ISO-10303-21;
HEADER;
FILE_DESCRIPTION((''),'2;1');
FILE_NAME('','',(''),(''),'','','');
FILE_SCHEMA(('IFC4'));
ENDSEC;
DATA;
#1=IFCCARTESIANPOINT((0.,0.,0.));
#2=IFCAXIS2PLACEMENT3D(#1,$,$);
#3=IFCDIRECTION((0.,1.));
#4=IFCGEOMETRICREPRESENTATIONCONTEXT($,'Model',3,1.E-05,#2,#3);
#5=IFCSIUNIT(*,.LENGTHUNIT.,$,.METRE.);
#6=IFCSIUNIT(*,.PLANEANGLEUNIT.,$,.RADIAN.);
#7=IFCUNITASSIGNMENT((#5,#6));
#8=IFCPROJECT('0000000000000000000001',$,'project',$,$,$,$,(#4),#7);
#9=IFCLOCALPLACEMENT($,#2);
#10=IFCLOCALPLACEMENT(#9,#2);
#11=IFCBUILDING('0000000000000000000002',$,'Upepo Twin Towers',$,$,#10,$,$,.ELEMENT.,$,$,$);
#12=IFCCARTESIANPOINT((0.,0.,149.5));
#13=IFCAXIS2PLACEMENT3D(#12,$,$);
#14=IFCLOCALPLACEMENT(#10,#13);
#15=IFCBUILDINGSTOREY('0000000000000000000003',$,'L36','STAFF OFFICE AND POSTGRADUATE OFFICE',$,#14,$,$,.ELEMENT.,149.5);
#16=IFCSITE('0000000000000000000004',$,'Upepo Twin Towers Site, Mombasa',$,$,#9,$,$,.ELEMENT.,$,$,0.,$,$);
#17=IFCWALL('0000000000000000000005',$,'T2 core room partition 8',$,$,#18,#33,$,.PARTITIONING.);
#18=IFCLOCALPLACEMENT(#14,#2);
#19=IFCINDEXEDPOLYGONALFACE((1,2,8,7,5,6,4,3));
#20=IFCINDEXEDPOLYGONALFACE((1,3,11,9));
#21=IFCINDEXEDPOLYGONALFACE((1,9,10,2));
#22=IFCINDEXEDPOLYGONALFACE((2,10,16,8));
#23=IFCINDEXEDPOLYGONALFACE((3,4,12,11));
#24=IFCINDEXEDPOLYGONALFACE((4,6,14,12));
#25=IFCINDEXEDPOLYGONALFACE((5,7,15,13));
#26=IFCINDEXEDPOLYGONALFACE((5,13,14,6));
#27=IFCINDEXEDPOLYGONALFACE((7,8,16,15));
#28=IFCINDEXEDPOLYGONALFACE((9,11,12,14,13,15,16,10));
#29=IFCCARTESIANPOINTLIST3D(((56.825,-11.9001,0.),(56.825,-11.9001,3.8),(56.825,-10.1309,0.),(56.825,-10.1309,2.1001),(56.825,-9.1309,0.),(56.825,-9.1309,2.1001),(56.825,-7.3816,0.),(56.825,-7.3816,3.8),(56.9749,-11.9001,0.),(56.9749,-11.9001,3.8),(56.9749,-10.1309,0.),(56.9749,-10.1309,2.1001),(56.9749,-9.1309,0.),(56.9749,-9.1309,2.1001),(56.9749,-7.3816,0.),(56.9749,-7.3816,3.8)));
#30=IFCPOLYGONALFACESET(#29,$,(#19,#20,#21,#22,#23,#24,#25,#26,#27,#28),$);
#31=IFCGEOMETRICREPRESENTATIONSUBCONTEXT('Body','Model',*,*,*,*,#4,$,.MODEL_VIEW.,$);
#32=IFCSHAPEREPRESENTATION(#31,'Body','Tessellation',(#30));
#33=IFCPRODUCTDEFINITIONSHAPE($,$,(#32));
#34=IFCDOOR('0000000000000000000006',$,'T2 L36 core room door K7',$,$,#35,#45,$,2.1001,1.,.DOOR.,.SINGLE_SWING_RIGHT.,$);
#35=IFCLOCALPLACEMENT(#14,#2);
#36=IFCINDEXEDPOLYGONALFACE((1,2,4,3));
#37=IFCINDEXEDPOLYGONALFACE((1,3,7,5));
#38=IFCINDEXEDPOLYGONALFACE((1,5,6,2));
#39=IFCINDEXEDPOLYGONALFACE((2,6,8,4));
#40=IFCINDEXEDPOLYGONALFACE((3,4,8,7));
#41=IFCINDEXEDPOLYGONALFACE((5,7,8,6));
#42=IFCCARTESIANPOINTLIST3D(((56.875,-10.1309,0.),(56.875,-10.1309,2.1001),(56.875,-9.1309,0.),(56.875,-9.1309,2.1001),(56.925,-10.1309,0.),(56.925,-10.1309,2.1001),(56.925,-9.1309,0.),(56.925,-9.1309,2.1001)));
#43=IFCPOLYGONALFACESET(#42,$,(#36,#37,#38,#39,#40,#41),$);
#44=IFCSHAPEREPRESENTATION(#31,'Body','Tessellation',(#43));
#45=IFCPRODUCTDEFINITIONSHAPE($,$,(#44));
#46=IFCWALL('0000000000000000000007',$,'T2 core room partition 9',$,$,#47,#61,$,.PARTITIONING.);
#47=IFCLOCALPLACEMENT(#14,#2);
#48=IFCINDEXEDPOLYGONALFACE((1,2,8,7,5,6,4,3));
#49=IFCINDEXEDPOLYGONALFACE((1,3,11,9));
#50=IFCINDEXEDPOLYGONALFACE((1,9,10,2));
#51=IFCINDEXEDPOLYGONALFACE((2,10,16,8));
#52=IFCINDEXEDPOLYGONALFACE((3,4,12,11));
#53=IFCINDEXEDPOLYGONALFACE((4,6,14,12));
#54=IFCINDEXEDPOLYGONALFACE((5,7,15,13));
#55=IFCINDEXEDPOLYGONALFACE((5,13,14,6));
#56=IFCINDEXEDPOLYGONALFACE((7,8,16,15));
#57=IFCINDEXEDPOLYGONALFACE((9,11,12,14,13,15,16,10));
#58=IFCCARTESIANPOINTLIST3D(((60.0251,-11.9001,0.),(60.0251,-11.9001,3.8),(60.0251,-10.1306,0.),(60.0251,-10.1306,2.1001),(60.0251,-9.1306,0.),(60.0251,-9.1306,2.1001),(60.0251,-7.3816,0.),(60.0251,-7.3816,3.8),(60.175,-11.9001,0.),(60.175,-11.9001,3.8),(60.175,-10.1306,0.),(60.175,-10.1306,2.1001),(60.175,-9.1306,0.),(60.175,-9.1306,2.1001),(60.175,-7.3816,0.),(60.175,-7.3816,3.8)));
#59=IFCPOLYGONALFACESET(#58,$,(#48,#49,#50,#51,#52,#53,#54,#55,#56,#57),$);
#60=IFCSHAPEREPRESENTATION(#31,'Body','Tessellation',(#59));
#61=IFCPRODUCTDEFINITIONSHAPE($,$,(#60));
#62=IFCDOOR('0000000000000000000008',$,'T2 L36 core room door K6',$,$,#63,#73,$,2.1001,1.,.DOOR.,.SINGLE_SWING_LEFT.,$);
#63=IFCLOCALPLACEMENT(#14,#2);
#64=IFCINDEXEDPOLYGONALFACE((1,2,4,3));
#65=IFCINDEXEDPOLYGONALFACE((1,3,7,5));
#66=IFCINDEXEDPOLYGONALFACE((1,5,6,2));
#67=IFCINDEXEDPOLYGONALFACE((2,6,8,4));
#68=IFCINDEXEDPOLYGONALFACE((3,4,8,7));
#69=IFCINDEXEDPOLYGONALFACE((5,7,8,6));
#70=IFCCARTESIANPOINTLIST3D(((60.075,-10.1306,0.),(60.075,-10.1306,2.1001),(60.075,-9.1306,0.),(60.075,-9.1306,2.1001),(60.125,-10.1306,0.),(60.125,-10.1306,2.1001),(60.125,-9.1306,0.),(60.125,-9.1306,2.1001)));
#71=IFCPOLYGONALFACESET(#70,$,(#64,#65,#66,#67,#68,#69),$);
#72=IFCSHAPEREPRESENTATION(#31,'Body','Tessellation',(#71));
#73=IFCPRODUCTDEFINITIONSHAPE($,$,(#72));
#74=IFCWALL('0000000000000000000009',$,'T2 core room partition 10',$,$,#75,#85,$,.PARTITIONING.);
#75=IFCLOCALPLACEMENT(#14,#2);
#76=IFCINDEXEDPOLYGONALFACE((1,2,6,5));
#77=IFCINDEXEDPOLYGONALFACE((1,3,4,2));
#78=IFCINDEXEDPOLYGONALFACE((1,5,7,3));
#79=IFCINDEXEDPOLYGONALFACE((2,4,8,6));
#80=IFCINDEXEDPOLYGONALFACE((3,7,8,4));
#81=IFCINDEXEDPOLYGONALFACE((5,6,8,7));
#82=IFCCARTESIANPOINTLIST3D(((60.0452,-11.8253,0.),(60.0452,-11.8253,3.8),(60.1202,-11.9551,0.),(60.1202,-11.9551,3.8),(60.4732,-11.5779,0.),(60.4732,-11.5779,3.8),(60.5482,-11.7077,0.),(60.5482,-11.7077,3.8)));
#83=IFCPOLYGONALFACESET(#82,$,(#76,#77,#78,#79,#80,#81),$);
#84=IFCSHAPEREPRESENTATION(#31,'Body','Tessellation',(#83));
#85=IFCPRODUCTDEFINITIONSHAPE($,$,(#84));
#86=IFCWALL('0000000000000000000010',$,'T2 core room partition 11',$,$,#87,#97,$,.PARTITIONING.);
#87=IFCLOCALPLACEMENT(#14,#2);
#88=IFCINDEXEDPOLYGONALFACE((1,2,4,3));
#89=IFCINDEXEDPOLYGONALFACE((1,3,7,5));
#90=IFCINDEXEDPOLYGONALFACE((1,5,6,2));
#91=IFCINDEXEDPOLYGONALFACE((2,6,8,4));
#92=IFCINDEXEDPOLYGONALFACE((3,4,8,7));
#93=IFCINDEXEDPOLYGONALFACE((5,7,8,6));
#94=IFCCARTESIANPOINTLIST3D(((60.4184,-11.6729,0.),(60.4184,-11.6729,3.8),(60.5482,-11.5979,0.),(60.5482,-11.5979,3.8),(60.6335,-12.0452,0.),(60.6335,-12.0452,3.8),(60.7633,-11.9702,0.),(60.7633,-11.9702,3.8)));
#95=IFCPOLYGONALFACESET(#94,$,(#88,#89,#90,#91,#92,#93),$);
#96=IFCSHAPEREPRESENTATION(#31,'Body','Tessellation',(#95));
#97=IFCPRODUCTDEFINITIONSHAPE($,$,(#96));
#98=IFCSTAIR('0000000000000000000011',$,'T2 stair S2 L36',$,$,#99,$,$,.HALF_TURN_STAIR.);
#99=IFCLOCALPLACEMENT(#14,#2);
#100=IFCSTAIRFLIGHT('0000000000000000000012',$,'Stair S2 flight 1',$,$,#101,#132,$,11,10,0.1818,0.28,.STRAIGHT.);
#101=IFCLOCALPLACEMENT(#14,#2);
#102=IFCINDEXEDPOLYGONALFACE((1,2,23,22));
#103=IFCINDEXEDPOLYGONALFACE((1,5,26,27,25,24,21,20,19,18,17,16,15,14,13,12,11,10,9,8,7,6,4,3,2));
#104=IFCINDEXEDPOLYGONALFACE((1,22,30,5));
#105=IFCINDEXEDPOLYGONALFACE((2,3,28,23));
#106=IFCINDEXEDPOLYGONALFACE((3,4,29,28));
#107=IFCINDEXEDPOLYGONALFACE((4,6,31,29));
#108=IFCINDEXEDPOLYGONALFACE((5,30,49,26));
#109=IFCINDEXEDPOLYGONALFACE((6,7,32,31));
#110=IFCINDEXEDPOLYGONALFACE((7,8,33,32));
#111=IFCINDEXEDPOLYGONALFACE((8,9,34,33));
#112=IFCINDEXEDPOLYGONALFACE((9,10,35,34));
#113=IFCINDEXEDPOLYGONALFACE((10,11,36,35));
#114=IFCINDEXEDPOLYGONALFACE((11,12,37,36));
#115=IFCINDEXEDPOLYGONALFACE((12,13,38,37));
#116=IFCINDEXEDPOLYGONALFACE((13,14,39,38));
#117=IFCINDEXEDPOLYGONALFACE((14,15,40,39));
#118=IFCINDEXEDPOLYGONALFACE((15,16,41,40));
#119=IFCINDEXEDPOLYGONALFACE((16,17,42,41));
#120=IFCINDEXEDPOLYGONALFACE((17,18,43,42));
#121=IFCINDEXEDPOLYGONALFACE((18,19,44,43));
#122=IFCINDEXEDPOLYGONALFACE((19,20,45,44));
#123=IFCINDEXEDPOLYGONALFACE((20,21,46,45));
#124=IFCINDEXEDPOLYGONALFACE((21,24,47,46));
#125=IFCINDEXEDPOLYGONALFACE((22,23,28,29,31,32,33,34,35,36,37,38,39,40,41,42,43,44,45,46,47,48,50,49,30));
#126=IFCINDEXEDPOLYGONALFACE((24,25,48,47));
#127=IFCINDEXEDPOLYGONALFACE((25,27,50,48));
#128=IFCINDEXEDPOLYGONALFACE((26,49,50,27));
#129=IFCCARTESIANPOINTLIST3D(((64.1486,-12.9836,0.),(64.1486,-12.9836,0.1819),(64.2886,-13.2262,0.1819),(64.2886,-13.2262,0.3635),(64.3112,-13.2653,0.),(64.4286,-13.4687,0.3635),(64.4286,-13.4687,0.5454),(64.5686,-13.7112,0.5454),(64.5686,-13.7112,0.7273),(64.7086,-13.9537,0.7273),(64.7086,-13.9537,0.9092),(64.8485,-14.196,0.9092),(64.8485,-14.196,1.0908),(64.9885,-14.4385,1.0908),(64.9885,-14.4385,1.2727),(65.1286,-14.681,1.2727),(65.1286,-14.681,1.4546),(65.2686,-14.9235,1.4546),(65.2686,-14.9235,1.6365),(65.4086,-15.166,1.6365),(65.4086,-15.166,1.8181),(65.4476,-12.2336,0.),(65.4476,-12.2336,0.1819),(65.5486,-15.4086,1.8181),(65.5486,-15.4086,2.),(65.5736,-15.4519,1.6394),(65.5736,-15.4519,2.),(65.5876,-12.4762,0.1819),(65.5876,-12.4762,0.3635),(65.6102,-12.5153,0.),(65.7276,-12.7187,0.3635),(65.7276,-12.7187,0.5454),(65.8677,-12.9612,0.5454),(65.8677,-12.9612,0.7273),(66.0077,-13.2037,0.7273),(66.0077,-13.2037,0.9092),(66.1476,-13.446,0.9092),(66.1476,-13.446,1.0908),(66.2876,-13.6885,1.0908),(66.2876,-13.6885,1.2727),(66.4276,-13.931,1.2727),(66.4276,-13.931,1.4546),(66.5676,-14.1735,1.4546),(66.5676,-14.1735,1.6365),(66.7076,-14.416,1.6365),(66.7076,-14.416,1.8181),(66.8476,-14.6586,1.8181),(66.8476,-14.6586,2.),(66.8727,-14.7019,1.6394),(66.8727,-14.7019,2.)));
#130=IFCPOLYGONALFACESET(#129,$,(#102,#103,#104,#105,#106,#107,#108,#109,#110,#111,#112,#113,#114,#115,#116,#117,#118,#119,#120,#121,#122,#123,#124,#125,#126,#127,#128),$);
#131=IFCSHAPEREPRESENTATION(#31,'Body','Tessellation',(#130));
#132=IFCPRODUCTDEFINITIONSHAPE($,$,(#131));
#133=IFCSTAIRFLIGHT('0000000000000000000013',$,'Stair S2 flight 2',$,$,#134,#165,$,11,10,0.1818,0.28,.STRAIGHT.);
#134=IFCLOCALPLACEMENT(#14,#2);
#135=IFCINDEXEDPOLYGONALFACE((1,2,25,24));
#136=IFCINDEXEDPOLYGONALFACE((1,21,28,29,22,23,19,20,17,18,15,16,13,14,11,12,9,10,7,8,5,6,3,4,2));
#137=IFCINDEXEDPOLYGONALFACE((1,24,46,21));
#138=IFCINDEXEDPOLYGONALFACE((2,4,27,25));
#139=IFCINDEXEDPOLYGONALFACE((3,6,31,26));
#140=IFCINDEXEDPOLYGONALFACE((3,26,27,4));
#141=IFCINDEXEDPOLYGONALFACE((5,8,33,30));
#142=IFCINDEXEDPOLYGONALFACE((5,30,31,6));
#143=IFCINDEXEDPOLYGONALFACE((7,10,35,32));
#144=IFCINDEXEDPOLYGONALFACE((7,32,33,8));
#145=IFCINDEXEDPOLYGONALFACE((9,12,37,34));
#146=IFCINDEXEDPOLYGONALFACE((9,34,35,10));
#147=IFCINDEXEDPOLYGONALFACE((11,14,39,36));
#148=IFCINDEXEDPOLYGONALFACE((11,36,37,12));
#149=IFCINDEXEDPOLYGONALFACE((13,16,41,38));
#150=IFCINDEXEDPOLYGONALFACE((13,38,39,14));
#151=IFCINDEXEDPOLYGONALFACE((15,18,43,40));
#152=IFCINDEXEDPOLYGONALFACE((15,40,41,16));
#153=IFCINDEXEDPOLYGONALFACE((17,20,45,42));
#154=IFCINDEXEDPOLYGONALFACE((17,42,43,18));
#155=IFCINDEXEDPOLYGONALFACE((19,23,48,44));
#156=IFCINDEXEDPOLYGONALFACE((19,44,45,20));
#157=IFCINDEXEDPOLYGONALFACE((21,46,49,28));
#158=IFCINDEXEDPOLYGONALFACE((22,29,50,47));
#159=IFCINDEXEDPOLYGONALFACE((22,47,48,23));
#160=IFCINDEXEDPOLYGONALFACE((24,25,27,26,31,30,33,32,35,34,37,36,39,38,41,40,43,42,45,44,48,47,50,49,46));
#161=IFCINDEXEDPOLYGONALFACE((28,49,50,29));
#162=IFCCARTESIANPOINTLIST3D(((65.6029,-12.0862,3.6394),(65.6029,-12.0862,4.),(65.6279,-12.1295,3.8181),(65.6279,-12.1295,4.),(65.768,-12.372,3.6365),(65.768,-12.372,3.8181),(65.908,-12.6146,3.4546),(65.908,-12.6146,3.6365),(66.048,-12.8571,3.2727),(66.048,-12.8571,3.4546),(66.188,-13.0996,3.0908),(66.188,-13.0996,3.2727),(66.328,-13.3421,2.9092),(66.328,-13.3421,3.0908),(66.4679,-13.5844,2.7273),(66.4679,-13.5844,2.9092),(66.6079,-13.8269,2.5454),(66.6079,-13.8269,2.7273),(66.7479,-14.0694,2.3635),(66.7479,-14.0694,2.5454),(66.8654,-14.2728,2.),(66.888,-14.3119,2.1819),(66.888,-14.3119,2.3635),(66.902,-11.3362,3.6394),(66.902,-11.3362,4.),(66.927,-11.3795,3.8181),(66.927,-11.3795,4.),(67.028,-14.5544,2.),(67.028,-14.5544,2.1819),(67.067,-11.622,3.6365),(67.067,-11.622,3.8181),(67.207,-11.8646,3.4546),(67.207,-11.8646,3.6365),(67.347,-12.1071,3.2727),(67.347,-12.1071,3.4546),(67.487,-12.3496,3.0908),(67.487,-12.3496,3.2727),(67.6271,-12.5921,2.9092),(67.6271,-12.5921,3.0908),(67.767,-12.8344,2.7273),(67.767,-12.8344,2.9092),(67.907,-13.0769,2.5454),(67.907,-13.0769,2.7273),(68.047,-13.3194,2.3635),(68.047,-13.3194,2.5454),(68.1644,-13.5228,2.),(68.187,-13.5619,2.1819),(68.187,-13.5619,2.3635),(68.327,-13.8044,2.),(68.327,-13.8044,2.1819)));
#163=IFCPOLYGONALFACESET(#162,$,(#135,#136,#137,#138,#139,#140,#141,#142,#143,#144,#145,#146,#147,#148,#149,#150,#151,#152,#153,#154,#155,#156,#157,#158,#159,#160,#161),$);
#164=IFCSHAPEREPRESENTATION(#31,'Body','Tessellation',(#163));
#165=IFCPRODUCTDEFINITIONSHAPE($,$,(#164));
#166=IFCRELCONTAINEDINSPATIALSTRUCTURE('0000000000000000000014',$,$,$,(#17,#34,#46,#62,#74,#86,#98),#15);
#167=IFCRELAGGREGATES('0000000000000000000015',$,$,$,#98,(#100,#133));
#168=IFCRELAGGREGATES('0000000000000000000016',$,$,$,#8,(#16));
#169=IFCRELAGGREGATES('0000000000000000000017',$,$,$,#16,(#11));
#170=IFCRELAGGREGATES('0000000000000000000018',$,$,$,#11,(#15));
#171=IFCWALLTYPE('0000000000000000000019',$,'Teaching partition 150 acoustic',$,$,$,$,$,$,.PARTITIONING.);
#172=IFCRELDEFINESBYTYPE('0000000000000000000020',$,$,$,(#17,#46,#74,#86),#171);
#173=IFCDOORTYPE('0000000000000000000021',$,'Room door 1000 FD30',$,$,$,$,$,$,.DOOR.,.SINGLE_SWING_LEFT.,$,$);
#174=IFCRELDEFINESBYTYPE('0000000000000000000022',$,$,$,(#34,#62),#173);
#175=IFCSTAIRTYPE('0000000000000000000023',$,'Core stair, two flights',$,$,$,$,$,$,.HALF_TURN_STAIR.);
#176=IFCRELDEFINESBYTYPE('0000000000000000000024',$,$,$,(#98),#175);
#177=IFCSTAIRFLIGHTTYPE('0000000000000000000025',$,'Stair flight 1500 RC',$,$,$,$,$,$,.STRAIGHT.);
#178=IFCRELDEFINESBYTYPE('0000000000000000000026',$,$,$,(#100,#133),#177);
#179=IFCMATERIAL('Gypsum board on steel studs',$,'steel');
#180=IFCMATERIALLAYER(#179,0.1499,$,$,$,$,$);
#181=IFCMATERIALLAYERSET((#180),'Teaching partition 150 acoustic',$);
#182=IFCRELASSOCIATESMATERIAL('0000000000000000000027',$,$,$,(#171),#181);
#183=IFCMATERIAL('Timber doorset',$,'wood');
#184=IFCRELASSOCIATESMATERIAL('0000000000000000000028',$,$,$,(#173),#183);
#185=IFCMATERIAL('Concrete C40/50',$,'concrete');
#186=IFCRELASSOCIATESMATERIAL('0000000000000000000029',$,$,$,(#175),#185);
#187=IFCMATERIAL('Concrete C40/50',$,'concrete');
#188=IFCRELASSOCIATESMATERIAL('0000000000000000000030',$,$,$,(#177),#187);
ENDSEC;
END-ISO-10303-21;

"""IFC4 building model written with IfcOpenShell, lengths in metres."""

from ifc_helpers import new_model, si_unit, direction, frame, frame_2d, origin, place, context, subcontext, project, spatial, polyline, rectangle, outline, extrude, material, layer, layer_set, type_object, element, fill, aggregate, save


model = new_model("IFC4")

# Units and contexts
model_context = context("Model", 3, precision=1e-05, world=origin(), true_north=direction((0.0, 1.0)))
body_context = subcontext(model_context, "Body", "Model", "MODEL_VIEW")
ifc_project = project(units=[si_unit("LENGTHUNIT", "METRE"), si_unit("PLANEANGLEUNIT", "RADIAN")], contexts=[model_context])

# Site, building, storey
site_placement = place(None, origin())
site = spatial("IfcSite", under=ifc_project, at=site_placement, Name="Upepo Twin Towers Site, Mombasa", CompositionType="ELEMENT", RefElevation=0.0)
building_placement = place(site_placement, origin())
building = spatial("IfcBuilding", under=site, at=building_placement, Name="Upepo Twin Towers", CompositionType="ELEMENT")
storey_placement = place(building_placement, frame((0.0, 0.0, 149.5)))
storey = spatial("IfcBuildingStorey", under=building, at=storey_placement, Name="L36", Description="STAFF OFFICE AND POSTGRADUATE OFFICE", CompositionType="ELEMENT", Elevation=149.5)

# Walls, openings, doors
ifc_material_1 = material(Name="Gypsum board on steel studs", Category="steel")
ifc_layer_1 = layer(ifc_material_1, 0.1499)
ifc_layer_set_1 = layer_set([ifc_layer_1], Name="Teaching partition 150 acoustic")
wall_type_1 = type_object("IfcWallType", Name="Teaching partition 150 acoustic", PredefinedType="PARTITIONING", material=ifc_layer_set_1)
wall_1_placement = place(storey_placement, frame((56.8999, -11.9001, 0.0), z_axis=(0.0, 0.0, 1.0), x_axis=(0.0, 1.0, 0.0)))
wall_1 = element("IfcWall", 1, at=wall_1_placement, inside=storey, type_object=wall_type_1, Name="T2 core room partition 8", PredefinedType="PARTITIONING", context=body_context, shape_type="SweptSolid", body=[
    extrude(rectangle(XDim=4.5186, YDim=0.1499, at=frame_2d((2.2593, 0.0))), origin(), (0.0, 0.0, 1.0), 3.8),
])
opening_1_placement = place(wall_1_placement, frame((1.7693, 0.0, 0.0)))
opening_1 = element("IfcOpeningElement", 2, at=opening_1_placement, cuts=wall_1, PredefinedType="OPENING", context=body_context, shape_type="SweptSolid", body=[
    extrude(rectangle(XDim=1.0, YDim=2.1001, at=frame_2d((0.5, 1.05))), frame((0.0, 0.085, 0.0), z_axis=(0.0, -1.0, 0.0), x_axis=(1.0, 0.0, 0.0)), (0.0, 0.0, 1.0), 0.1699),
])
ifc_material_2 = material(Name="Timber doorset", Category="wood")
door_type_1 = type_object("IfcDoorType", Name="Room door 1000 FD30", OperationType="SINGLE_SWING_LEFT", PredefinedType="DOOR", material=ifc_material_2)
door_1_placement = place(opening_1_placement, origin())
door_1 = element("IfcDoor", 3, at=door_1_placement, inside=storey, type_object=door_type_1, Name="T2 L36 core room door K7", OperationType="SINGLE_SWING_RIGHT", OverallHeight=2.1001, OverallWidth=1.0, PredefinedType="DOOR", context=body_context, shape_type="SweptSolid", body=[
    extrude(rectangle(XDim=1.0, YDim=2.1001, at=frame_2d((0.5, 1.05))), frame((0.0, 0.0249, 0.0), z_axis=(0.0, -1.0, 0.0), x_axis=(1.0, 0.0, 0.0)), (0.0, 0.0, 1.0), 0.05),
])
fill(opening_1, door_1)
wall_2_placement = place(storey_placement, frame((60.1001, -7.3816, 0.0), z_axis=(0.0, 0.0, 1.0), x_axis=(0.0, -1.0, 0.0)))
wall_2 = element("IfcWall", 4, at=wall_2_placement, inside=storey, type_object=wall_type_1, Name="T2 core room partition 9", PredefinedType="PARTITIONING", context=body_context, shape_type="SweptSolid", body=[
    extrude(rectangle(XDim=4.5186, YDim=0.1499, at=frame_2d((2.2593, 0.0))), origin(), (0.0, 0.0, 1.0), 3.8),
])
opening_2_placement = place(wall_2_placement, frame((1.749, 0.0, 0.0)))
opening_2 = element("IfcOpeningElement", 5, at=opening_2_placement, cuts=wall_2, PredefinedType="OPENING", context=body_context, shape_type="SweptSolid", body=[
    extrude(rectangle(XDim=1.0, YDim=2.1001, at=frame_2d((0.5, 1.05))), frame((0.0, 0.085, 0.0), z_axis=(0.0, -1.0, 0.0), x_axis=(1.0, 0.0, 0.0)), (0.0, 0.0, 1.0), 0.1699),
])
door_2_placement = place(opening_2_placement, origin())
door_2 = element("IfcDoor", 6, at=door_2_placement, inside=storey, type_object=door_type_1, Name="T2 L36 core room door K6", OperationType="SINGLE_SWING_LEFT", OverallHeight=2.1001, OverallWidth=1.0, PredefinedType="DOOR", context=body_context, shape_type="SweptSolid", body=[
    extrude(rectangle(XDim=1.0, YDim=2.1001, at=frame_2d((0.5, 1.05))), frame((0.0, 0.0249, 0.0), z_axis=(0.0, -1.0, 0.0), x_axis=(1.0, 0.0, 0.0)), (0.0, 0.0, 1.0), 0.05),
])
fill(opening_2, door_2)

# Walls
wall_3_placement = place(storey_placement, frame((60.0828, -11.8901, 0.0), z_axis=(0.0, 0.0, 1.0), x_axis=(0.865832, 0.500335, 0.0)))
element("IfcWall", 7, at=wall_3_placement, inside=storey, type_object=wall_type_1, Name="T2 core room partition 10", PredefinedType="PARTITIONING", context=body_context, shape_type="SweptSolid", body=[
    extrude(rectangle(XDim=0.4944, YDim=0.1499, at=frame_2d((0.2471, 0.0))), origin(), (0.0, 0.0, 1.0), 3.8),
])
wall_4_placement = place(storey_placement, frame((60.4834, -11.6355, 0.0), z_axis=(0.0, 0.0, 1.0), x_axis=(0.50023, -0.865892, 0.0)))
element("IfcWall", 8, at=wall_4_placement, inside=storey, type_object=wall_type_1, Name="T2 core room partition 11", PredefinedType="PARTITIONING", context=body_context, shape_type="SweptSolid", body=[
    extrude(rectangle(XDim=0.4299, YDim=0.1499, at=frame_2d((0.2148, 0.0))), origin(), (0.0, 0.0, 1.0), 3.8),
])

# Stair, stair flights
ifc_material_3 = material(Name="Concrete C40/50", Category="concrete")
stair_type = type_object("IfcStairType", Name="Core stair, two flights", PredefinedType="HALF_TURN_STAIR", material=ifc_material_3)
stair_placement = place(storey_placement, origin())
stair = element("IfcStair", 9, at=stair_placement, inside=storey, type_object=stair_type, Name="T2 stair S2 L36", PredefinedType="HALF_TURN_STAIR")
ifc_material_4 = material(Name="Concrete C40/50", Category="concrete")
stair_flight_type = type_object("IfcStairFlightType", Name="Stair flight 1500 RC", PredefinedType="STRAIGHT", material=ifc_material_4)
stair_flight_1_placement = place(storey_placement, frame((64.7981, -12.6086, 0.0), z_axis=(0.0, 0.0, 1.0), x_axis=(0.5, -0.866025, 0.0)))
stair_flight_1 = element("IfcStairFlight", 10, at=stair_flight_1_placement, type_object=stair_flight_type, Name="Stair S2 flight 1", NumberOfRisers=11, NumberOfTreads=10, PredefinedType="STRAIGHT", RiserHeight=0.1818, TreadLength=0.28, context=body_context, shape_type="SweptSolid", body=[
    extrude(outline(polyline([(0.0, 0.0), (0.0, 0.1819), (0.28, 0.1819), (0.28, 0.3635), (0.5601, 0.3635), (0.5601, 0.5454), (0.8401, 0.5454), (0.8401, 0.7273), (1.1201, 0.7273), (1.1201, 0.9092), (1.3999, 0.9092), (1.3999, 1.0908), (1.6799, 1.0908), (1.6799, 1.2727), (1.96, 1.2727), (1.96, 1.4546), (2.24, 1.4546), (2.24, 1.6365), (2.52, 1.6365), (2.52, 1.8181), (2.8, 1.8181), (2.8, 2.0), (2.8501, 2.0), (2.8501, 1.6394), (0.3252, 0.0), (0.0, 0.0)])), frame((0.0, 0.75, 0.0), z_axis=(0.0, -1.0, 0.0), x_axis=(1.0, 0.0, 0.0)), (0.0, 0.0, 1.0), 1.5),
])
stair_flight_2_placement = place(storey_placement, frame((67.6775, -14.1794, 2.0), z_axis=(0.0, 0.0, 1.0), x_axis=(-0.5, 0.866025, 0.0)))
stair_flight_2 = element("IfcStairFlight", 11, at=stair_flight_2_placement, type_object=stair_flight_type, Name="Stair S2 flight 2", NumberOfRisers=11, NumberOfTreads=10, PredefinedType="STRAIGHT", RiserHeight=0.1818, TreadLength=0.28, context=body_context, shape_type="SweptSolid", body=[
    extrude(outline(polyline([(0.0, 0.0), (0.0, 0.1819), (0.28, 0.1819), (0.28, 0.3635), (0.5601, 0.3635), (0.5601, 0.5454), (0.8401, 0.5454), (0.8401, 0.7273), (1.1201, 0.7273), (1.1201, 0.9092), (1.3999, 0.9092), (1.3999, 1.0908), (1.6799, 1.0908), (1.6799, 1.2727), (1.96, 1.2727), (1.96, 1.4546), (2.24, 1.4546), (2.24, 1.6365), (2.52, 1.6365), (2.52, 1.8181), (2.8, 1.8181), (2.8, 2.0), (2.8501, 2.0), (2.8501, 1.6394), (0.3252, 0.0), (0.0, 0.0)])), frame((0.0, 0.75, 0.0), z_axis=(0.0, -1.0, 0.0), x_axis=(1.0, 0.0, 0.0)), (0.0, 0.0, 1.0), 1.5),
])
aggregate(stair, [stair_flight_1, stair_flight_2])

save(model, "model.ifc")
